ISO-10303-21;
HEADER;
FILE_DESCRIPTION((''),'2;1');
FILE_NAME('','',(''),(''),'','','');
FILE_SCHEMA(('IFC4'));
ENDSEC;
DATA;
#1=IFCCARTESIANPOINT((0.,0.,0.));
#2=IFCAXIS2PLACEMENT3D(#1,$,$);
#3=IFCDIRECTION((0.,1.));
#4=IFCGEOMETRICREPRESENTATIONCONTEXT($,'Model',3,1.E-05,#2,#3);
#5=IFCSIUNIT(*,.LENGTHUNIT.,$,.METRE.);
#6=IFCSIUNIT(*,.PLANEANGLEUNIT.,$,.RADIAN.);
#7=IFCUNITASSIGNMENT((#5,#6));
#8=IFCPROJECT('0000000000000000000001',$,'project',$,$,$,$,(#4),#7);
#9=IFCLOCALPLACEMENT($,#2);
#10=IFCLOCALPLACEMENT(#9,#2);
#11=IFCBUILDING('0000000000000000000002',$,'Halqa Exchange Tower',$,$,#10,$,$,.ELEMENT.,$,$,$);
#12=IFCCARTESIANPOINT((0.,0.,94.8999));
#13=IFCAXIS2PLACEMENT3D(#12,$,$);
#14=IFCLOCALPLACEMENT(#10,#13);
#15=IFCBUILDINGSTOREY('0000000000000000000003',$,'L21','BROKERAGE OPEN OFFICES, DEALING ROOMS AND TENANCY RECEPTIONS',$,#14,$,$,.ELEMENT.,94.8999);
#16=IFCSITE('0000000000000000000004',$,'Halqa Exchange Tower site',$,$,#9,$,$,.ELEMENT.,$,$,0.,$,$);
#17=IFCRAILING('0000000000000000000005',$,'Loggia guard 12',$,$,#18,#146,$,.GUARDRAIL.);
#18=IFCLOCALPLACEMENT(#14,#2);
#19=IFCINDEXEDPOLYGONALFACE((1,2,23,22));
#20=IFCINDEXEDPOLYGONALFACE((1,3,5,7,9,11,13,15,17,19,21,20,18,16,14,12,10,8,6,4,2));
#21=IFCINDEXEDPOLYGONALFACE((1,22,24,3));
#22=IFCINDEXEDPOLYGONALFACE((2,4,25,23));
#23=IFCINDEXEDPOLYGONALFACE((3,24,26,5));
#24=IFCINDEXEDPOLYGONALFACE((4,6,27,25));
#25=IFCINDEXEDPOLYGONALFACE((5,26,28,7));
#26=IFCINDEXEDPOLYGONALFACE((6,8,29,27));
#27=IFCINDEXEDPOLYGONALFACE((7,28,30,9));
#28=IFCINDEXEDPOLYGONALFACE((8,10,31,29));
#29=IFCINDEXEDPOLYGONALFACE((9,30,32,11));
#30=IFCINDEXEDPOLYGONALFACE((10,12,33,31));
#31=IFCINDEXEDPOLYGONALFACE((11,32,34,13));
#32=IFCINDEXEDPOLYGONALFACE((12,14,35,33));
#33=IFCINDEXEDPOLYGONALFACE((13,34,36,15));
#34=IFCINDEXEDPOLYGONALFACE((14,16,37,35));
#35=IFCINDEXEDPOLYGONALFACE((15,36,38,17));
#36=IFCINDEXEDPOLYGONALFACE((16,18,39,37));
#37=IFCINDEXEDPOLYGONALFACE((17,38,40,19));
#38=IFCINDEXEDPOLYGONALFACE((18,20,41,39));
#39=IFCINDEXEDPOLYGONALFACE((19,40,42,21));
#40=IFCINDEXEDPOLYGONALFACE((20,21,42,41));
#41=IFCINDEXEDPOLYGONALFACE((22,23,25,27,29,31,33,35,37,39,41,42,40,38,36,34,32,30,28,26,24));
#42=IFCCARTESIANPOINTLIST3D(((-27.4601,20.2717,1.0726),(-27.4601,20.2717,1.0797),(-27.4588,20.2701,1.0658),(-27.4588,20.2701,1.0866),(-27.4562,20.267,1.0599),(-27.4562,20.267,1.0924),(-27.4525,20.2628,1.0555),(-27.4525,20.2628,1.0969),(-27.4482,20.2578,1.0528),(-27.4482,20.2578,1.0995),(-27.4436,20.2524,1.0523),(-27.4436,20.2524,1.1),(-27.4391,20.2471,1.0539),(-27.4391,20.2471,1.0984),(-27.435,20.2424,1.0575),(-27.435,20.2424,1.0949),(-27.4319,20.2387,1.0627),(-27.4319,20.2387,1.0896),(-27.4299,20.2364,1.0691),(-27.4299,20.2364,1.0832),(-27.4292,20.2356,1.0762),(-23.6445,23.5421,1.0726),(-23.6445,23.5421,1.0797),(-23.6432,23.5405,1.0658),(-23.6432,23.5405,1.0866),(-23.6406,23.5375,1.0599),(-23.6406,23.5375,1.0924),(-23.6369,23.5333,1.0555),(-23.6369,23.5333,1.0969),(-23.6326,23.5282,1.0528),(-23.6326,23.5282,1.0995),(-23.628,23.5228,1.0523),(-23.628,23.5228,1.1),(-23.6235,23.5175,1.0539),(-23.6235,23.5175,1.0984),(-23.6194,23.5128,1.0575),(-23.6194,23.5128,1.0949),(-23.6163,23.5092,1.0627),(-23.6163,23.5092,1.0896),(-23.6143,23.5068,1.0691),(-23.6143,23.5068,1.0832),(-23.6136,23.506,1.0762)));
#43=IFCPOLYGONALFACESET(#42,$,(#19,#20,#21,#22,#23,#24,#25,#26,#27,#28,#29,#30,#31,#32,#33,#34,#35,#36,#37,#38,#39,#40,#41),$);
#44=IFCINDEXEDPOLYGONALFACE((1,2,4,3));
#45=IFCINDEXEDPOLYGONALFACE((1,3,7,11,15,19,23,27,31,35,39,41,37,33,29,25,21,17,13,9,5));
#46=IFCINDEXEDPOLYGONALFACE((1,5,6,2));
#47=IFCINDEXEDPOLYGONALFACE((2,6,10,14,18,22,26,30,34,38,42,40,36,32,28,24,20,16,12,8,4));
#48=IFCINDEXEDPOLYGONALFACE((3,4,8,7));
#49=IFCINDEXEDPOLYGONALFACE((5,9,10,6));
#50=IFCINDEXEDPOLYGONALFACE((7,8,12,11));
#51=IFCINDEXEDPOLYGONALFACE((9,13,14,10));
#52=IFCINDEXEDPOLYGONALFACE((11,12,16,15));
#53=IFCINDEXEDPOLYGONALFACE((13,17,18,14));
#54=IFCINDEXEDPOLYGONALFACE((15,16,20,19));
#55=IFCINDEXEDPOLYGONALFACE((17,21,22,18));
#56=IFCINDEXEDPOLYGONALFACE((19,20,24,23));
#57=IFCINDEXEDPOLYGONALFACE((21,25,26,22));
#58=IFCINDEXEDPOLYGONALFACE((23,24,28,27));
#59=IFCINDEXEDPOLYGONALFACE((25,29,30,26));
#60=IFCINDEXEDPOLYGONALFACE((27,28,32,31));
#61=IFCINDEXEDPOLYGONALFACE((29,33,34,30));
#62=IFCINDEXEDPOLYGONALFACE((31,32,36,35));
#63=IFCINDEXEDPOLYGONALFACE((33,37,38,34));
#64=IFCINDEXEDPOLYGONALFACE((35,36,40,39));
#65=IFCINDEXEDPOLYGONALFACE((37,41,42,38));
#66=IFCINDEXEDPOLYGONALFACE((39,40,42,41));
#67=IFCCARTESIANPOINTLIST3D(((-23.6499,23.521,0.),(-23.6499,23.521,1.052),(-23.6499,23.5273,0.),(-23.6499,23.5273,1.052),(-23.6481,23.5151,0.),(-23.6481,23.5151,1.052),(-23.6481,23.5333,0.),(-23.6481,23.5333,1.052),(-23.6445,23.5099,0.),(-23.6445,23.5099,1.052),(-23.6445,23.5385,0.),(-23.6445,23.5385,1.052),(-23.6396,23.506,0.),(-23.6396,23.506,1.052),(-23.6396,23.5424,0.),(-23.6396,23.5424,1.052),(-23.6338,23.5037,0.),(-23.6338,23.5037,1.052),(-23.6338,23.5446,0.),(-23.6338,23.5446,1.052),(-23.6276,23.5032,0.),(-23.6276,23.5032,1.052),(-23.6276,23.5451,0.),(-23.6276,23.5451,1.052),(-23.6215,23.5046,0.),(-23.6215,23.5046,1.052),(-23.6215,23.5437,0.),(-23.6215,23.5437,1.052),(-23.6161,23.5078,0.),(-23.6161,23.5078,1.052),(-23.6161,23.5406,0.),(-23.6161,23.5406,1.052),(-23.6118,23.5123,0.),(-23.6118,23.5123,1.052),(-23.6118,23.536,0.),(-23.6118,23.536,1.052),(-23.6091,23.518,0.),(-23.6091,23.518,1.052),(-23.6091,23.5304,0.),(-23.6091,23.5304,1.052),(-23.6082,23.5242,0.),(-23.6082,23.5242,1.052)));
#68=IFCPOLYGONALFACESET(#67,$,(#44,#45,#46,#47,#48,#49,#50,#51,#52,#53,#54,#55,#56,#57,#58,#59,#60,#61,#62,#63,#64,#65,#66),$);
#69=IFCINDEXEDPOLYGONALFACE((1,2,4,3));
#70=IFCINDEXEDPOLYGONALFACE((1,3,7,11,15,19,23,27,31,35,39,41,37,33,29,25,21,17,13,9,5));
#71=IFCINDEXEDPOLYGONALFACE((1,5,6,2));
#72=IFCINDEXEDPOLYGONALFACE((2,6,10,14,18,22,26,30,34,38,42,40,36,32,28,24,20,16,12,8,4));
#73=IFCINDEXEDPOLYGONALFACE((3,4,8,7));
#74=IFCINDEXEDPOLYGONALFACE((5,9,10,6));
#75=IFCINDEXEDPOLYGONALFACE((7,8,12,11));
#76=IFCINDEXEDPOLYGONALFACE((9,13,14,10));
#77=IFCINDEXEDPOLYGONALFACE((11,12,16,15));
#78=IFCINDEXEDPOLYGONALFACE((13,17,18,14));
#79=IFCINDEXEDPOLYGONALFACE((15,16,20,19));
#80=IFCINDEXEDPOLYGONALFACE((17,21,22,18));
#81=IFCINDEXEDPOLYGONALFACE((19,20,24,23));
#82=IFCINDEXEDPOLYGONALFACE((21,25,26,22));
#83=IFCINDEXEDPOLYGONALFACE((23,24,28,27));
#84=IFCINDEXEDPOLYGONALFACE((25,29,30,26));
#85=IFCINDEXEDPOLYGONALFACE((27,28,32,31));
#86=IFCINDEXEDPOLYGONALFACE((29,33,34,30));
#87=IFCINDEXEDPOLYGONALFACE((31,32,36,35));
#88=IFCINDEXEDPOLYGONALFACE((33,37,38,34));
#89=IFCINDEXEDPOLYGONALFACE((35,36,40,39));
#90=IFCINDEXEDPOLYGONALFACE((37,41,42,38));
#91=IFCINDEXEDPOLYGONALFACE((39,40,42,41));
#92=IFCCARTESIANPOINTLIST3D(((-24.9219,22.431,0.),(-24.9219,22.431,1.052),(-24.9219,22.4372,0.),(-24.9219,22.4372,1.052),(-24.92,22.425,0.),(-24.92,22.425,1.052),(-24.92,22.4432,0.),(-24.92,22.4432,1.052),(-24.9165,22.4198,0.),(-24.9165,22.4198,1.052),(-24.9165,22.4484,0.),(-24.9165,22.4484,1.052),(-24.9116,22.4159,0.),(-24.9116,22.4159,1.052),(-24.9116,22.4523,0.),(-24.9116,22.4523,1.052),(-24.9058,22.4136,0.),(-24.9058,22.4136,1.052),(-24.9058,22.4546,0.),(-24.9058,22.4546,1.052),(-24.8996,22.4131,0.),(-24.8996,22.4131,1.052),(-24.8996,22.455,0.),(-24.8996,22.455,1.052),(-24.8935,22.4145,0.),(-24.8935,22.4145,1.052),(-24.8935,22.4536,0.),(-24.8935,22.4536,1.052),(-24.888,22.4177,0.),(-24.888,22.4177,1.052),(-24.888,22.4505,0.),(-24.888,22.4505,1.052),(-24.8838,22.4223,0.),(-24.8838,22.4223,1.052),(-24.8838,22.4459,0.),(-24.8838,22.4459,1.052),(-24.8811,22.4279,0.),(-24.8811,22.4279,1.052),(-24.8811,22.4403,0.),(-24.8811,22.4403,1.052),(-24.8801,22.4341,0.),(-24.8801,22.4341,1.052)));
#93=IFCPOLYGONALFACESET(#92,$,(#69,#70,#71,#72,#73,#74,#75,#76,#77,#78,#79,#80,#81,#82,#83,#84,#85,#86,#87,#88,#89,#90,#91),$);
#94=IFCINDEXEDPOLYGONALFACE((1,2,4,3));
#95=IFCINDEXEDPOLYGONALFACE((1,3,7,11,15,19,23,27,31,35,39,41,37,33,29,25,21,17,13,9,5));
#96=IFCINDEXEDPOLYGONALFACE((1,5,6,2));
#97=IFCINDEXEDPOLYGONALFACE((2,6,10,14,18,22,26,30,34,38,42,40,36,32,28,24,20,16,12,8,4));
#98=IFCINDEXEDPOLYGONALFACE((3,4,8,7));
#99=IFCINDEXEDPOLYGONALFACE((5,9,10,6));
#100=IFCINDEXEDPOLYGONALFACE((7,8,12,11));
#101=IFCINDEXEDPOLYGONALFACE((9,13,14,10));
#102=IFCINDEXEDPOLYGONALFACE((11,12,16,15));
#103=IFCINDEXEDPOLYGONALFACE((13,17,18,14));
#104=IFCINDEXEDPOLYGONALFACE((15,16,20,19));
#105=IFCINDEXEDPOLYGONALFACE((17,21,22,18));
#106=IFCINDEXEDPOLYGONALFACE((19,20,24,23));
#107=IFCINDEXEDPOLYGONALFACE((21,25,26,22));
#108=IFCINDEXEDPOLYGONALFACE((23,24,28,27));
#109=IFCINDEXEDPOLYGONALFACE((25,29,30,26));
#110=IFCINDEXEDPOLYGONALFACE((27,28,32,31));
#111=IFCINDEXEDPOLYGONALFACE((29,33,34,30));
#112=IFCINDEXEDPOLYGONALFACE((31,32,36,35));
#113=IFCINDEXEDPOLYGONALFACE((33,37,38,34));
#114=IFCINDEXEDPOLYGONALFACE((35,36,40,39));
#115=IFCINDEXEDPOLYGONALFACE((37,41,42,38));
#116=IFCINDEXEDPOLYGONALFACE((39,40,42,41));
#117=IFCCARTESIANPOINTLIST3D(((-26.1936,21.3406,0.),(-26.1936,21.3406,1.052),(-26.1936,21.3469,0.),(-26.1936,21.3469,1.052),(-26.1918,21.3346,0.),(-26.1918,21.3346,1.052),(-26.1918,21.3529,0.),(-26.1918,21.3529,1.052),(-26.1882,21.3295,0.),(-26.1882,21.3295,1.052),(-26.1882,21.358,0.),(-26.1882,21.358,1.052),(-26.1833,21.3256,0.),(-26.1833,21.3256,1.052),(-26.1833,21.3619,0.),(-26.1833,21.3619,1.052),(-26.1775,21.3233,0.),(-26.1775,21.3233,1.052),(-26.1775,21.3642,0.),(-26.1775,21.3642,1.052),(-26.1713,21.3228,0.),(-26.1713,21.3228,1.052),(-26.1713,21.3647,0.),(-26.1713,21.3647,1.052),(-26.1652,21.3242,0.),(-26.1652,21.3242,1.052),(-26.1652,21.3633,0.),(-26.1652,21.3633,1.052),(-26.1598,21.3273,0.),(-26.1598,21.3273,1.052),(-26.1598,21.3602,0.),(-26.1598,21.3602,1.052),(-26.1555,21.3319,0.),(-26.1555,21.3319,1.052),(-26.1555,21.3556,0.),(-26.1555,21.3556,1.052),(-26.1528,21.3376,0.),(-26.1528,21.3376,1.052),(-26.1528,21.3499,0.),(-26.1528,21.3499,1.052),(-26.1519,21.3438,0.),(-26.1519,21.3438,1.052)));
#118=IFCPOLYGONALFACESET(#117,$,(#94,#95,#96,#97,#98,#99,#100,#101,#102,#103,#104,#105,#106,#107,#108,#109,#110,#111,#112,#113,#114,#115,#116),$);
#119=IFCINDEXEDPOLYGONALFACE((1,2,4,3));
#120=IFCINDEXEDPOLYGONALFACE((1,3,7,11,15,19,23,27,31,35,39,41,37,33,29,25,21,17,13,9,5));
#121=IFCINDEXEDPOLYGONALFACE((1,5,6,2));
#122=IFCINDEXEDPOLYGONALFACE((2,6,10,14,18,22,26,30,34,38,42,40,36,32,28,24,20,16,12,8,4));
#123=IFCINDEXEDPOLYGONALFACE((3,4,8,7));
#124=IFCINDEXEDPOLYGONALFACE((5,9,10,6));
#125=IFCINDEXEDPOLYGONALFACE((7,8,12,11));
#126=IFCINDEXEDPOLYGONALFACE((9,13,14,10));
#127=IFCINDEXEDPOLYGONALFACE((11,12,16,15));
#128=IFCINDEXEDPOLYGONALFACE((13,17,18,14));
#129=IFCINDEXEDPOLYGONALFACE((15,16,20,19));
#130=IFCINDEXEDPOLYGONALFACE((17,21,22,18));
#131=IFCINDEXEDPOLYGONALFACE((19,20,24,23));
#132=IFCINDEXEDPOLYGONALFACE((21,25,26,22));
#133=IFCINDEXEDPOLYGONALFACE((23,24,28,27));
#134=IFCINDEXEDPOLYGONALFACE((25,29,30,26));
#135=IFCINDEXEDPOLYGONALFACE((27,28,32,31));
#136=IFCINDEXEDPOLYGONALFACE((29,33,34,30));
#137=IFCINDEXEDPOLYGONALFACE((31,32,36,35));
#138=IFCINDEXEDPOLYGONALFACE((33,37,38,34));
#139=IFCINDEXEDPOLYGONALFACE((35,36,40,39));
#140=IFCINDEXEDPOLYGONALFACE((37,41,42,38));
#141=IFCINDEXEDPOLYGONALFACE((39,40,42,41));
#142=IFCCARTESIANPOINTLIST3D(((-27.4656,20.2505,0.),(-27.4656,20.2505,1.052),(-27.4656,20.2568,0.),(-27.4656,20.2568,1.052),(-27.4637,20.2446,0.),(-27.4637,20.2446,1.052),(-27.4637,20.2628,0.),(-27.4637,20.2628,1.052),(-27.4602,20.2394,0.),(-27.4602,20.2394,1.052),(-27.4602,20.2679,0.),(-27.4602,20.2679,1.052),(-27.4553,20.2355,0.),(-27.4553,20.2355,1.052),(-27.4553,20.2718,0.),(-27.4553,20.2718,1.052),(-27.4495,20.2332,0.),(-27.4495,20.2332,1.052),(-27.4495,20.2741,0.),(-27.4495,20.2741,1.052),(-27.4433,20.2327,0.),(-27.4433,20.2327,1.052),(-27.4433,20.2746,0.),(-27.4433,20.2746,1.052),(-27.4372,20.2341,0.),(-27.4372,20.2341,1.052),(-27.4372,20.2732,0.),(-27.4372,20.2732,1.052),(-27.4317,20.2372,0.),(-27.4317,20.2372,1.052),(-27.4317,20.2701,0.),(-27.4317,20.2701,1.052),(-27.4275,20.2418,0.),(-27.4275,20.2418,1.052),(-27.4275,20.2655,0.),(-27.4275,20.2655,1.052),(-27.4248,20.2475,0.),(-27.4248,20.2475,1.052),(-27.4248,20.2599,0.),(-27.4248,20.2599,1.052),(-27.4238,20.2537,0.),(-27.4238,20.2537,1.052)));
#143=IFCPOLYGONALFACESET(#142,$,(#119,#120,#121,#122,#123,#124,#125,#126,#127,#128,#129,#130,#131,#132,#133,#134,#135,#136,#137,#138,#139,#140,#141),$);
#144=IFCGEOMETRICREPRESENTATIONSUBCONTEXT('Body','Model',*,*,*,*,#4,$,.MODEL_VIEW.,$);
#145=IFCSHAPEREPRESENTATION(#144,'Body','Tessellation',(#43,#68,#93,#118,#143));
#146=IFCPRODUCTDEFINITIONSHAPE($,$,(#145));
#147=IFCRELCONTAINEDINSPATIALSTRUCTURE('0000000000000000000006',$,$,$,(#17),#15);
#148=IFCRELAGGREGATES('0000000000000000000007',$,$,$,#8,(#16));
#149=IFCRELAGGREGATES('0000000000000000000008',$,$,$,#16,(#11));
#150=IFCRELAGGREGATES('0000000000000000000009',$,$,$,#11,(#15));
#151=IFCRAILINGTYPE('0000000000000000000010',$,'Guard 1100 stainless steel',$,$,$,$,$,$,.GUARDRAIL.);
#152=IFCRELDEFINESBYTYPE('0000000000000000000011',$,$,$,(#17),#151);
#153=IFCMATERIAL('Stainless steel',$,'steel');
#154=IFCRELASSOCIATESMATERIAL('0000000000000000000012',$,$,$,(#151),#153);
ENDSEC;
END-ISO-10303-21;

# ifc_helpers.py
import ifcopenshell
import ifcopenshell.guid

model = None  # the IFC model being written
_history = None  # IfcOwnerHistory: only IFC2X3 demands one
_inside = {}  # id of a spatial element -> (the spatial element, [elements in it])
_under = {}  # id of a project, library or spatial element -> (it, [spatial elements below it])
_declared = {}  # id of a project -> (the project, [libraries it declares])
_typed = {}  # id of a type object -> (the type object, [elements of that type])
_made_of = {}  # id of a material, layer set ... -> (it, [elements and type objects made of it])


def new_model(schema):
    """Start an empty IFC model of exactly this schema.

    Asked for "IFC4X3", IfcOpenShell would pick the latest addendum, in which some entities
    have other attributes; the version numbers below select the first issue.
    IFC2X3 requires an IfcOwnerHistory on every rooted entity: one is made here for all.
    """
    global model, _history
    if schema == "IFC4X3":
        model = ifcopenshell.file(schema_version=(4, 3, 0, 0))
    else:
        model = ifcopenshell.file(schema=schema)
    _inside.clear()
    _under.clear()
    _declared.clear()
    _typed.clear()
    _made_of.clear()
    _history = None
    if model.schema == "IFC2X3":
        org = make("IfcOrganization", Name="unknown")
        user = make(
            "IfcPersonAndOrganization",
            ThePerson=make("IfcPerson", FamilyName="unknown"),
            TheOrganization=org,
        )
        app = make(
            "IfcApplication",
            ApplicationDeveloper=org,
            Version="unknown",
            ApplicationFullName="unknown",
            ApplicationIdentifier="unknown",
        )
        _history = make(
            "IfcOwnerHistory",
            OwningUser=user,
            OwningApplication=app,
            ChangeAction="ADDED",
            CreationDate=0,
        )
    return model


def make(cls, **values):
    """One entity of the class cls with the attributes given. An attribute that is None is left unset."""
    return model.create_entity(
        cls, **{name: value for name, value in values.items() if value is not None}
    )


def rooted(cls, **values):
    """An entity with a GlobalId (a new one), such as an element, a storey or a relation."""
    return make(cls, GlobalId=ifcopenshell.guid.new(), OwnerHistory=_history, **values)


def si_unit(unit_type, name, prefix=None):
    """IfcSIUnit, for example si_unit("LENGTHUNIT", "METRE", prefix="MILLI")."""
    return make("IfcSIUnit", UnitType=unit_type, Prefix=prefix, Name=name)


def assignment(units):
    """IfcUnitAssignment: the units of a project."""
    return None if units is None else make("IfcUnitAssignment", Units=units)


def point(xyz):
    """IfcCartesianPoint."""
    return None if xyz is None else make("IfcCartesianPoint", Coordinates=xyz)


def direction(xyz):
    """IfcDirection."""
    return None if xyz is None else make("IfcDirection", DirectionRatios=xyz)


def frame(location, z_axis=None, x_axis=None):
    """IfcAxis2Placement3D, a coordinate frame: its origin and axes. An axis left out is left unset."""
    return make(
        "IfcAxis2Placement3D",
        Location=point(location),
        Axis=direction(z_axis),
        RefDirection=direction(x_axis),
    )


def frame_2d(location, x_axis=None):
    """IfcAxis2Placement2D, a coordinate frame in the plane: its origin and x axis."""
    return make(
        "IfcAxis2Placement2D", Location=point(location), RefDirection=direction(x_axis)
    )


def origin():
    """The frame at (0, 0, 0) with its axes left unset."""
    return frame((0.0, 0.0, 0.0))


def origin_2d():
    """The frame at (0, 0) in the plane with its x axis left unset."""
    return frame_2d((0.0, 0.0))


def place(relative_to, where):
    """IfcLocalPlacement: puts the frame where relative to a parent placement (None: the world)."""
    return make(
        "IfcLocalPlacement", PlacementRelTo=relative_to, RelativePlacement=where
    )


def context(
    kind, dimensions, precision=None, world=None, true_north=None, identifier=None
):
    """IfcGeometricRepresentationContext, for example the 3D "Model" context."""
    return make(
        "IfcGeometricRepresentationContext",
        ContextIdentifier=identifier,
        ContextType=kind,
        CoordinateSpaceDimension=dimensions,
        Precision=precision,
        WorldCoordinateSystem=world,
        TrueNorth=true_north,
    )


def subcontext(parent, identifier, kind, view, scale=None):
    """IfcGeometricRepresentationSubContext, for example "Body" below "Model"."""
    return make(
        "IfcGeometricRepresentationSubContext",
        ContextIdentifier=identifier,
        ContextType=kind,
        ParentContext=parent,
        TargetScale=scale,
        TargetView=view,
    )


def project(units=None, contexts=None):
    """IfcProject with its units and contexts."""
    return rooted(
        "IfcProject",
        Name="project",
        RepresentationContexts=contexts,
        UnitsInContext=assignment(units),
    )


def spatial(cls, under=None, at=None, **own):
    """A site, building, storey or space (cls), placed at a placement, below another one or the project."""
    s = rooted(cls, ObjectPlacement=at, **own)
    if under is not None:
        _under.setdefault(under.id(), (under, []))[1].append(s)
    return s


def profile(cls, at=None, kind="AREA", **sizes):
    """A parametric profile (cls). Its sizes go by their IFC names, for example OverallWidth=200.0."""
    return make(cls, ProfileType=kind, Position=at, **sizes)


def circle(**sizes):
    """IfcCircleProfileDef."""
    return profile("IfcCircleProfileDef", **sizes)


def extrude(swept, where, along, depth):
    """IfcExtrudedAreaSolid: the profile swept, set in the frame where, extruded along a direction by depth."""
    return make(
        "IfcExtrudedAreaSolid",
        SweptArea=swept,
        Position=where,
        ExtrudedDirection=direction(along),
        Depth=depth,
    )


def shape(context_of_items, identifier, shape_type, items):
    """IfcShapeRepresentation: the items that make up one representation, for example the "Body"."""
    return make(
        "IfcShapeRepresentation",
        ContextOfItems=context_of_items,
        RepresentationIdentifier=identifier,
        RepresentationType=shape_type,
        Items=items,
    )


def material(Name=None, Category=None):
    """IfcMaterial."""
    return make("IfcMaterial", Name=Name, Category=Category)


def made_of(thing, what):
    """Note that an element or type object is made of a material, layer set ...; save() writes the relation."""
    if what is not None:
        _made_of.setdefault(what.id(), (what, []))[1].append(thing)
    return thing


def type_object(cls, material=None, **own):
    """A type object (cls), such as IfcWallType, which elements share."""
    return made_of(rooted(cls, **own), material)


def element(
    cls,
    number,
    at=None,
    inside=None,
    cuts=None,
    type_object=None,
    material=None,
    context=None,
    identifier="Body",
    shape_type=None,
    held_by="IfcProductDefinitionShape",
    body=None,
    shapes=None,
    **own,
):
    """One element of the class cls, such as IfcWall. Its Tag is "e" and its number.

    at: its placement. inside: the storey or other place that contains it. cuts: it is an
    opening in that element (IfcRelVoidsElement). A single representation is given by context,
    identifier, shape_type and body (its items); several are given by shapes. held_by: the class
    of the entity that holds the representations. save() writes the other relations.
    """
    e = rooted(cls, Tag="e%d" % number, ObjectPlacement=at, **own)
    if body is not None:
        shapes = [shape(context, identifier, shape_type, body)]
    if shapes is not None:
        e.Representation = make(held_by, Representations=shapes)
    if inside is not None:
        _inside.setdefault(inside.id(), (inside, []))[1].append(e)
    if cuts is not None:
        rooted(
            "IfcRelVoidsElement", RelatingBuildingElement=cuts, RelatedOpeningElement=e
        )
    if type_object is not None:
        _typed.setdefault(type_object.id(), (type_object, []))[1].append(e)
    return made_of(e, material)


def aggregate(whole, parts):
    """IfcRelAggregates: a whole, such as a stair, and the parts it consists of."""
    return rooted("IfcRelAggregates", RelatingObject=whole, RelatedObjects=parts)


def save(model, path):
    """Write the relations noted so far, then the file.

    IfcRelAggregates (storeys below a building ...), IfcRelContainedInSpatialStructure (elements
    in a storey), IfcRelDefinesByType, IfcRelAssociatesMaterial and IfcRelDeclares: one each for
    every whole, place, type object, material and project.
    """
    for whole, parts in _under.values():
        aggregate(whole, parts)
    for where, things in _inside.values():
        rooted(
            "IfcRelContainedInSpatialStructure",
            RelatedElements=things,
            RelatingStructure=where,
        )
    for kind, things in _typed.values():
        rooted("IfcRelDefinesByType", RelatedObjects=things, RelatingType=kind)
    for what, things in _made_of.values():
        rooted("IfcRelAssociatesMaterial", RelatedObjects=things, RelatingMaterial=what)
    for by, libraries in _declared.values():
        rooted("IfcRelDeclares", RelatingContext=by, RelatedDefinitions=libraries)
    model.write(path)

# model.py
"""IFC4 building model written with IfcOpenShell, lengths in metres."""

from ifc_helpers import new_model, si_unit, direction, frame, origin, origin_2d, place, context, subcontext, project, spatial, circle, extrude, material, type_object, element, save


model = new_model("IFC4")

# Units and contexts
model_context = context("Model", 3, precision=1e-05, world=origin(), true_north=direction((0.0, 1.0)))
body_context = subcontext(model_context, "Body", "Model", "MODEL_VIEW")
ifc_project = project(units=[si_unit("LENGTHUNIT", "METRE"), si_unit("PLANEANGLEUNIT", "RADIAN")], contexts=[model_context])

# Site, building, storey
site_placement = place(None, origin())
site = spatial("IfcSite", under=ifc_project, at=site_placement, Name="Halqa Exchange Tower site", CompositionType="ELEMENT", RefElevation=0.0)
building_placement = place(site_placement, origin())
building = spatial("IfcBuilding", under=site, at=building_placement, Name="Halqa Exchange Tower", CompositionType="ELEMENT")
storey_placement = place(building_placement, frame((0.0, 0.0, 94.8999)))
storey = spatial("IfcBuildingStorey", under=building, at=storey_placement, Name="L21", Description="BROKERAGE OPEN OFFICES, DEALING ROOMS AND TENANCY RECEPTIONS", CompositionType="ELEMENT", Elevation=94.8999)

# Railing
ifc_material_1 = material(Name="Stainless steel", Category="steel")
railing_type = type_object("IfcRailingType", Name="Guard 1100 stainless steel", PredefinedType="GUARDRAIL", material=ifc_material_1)
railing_1_placement = place(storey_placement, frame((-23.6292, 23.5242, 0.0)))
element("IfcRailing", 1, at=railing_1_placement, inside=storey, type_object=railing_type, Name="Loggia guard 12", PredefinedType="GUARDRAIL", context=body_context, shape_type="SweptSolid", body=[
    extrude(circle(Radius=0.0239, at=origin_2d()), frame((0.0, 0.0, 1.0762), z_axis=(-0.759263, -0.650783, 0.0), x_axis=(0.650783, -0.759263, 0.0)), (0.0, 0.0, 1.0), 5.0254),
    extrude(circle(Radius=0.021, at=origin_2d()), origin(), (0.0, 0.0, 1.0), 1.052),
    extrude(circle(Radius=0.021, at=origin_2d()), frame((-1.272, -1.0901, 0.0)), (0.0, 0.0, 1.0), 1.052),
    extrude(circle(Radius=0.021, at=origin_2d()), frame((-2.5437, -2.1804, 0.0)), (0.0, 0.0, 1.0), 1.052),
    extrude(circle(Radius=0.021, at=origin_2d()), frame((-3.8157, -3.2705, 0.0)), (0.0, 0.0, 1.0), 1.052),
])

save(model, "model.ifc")
